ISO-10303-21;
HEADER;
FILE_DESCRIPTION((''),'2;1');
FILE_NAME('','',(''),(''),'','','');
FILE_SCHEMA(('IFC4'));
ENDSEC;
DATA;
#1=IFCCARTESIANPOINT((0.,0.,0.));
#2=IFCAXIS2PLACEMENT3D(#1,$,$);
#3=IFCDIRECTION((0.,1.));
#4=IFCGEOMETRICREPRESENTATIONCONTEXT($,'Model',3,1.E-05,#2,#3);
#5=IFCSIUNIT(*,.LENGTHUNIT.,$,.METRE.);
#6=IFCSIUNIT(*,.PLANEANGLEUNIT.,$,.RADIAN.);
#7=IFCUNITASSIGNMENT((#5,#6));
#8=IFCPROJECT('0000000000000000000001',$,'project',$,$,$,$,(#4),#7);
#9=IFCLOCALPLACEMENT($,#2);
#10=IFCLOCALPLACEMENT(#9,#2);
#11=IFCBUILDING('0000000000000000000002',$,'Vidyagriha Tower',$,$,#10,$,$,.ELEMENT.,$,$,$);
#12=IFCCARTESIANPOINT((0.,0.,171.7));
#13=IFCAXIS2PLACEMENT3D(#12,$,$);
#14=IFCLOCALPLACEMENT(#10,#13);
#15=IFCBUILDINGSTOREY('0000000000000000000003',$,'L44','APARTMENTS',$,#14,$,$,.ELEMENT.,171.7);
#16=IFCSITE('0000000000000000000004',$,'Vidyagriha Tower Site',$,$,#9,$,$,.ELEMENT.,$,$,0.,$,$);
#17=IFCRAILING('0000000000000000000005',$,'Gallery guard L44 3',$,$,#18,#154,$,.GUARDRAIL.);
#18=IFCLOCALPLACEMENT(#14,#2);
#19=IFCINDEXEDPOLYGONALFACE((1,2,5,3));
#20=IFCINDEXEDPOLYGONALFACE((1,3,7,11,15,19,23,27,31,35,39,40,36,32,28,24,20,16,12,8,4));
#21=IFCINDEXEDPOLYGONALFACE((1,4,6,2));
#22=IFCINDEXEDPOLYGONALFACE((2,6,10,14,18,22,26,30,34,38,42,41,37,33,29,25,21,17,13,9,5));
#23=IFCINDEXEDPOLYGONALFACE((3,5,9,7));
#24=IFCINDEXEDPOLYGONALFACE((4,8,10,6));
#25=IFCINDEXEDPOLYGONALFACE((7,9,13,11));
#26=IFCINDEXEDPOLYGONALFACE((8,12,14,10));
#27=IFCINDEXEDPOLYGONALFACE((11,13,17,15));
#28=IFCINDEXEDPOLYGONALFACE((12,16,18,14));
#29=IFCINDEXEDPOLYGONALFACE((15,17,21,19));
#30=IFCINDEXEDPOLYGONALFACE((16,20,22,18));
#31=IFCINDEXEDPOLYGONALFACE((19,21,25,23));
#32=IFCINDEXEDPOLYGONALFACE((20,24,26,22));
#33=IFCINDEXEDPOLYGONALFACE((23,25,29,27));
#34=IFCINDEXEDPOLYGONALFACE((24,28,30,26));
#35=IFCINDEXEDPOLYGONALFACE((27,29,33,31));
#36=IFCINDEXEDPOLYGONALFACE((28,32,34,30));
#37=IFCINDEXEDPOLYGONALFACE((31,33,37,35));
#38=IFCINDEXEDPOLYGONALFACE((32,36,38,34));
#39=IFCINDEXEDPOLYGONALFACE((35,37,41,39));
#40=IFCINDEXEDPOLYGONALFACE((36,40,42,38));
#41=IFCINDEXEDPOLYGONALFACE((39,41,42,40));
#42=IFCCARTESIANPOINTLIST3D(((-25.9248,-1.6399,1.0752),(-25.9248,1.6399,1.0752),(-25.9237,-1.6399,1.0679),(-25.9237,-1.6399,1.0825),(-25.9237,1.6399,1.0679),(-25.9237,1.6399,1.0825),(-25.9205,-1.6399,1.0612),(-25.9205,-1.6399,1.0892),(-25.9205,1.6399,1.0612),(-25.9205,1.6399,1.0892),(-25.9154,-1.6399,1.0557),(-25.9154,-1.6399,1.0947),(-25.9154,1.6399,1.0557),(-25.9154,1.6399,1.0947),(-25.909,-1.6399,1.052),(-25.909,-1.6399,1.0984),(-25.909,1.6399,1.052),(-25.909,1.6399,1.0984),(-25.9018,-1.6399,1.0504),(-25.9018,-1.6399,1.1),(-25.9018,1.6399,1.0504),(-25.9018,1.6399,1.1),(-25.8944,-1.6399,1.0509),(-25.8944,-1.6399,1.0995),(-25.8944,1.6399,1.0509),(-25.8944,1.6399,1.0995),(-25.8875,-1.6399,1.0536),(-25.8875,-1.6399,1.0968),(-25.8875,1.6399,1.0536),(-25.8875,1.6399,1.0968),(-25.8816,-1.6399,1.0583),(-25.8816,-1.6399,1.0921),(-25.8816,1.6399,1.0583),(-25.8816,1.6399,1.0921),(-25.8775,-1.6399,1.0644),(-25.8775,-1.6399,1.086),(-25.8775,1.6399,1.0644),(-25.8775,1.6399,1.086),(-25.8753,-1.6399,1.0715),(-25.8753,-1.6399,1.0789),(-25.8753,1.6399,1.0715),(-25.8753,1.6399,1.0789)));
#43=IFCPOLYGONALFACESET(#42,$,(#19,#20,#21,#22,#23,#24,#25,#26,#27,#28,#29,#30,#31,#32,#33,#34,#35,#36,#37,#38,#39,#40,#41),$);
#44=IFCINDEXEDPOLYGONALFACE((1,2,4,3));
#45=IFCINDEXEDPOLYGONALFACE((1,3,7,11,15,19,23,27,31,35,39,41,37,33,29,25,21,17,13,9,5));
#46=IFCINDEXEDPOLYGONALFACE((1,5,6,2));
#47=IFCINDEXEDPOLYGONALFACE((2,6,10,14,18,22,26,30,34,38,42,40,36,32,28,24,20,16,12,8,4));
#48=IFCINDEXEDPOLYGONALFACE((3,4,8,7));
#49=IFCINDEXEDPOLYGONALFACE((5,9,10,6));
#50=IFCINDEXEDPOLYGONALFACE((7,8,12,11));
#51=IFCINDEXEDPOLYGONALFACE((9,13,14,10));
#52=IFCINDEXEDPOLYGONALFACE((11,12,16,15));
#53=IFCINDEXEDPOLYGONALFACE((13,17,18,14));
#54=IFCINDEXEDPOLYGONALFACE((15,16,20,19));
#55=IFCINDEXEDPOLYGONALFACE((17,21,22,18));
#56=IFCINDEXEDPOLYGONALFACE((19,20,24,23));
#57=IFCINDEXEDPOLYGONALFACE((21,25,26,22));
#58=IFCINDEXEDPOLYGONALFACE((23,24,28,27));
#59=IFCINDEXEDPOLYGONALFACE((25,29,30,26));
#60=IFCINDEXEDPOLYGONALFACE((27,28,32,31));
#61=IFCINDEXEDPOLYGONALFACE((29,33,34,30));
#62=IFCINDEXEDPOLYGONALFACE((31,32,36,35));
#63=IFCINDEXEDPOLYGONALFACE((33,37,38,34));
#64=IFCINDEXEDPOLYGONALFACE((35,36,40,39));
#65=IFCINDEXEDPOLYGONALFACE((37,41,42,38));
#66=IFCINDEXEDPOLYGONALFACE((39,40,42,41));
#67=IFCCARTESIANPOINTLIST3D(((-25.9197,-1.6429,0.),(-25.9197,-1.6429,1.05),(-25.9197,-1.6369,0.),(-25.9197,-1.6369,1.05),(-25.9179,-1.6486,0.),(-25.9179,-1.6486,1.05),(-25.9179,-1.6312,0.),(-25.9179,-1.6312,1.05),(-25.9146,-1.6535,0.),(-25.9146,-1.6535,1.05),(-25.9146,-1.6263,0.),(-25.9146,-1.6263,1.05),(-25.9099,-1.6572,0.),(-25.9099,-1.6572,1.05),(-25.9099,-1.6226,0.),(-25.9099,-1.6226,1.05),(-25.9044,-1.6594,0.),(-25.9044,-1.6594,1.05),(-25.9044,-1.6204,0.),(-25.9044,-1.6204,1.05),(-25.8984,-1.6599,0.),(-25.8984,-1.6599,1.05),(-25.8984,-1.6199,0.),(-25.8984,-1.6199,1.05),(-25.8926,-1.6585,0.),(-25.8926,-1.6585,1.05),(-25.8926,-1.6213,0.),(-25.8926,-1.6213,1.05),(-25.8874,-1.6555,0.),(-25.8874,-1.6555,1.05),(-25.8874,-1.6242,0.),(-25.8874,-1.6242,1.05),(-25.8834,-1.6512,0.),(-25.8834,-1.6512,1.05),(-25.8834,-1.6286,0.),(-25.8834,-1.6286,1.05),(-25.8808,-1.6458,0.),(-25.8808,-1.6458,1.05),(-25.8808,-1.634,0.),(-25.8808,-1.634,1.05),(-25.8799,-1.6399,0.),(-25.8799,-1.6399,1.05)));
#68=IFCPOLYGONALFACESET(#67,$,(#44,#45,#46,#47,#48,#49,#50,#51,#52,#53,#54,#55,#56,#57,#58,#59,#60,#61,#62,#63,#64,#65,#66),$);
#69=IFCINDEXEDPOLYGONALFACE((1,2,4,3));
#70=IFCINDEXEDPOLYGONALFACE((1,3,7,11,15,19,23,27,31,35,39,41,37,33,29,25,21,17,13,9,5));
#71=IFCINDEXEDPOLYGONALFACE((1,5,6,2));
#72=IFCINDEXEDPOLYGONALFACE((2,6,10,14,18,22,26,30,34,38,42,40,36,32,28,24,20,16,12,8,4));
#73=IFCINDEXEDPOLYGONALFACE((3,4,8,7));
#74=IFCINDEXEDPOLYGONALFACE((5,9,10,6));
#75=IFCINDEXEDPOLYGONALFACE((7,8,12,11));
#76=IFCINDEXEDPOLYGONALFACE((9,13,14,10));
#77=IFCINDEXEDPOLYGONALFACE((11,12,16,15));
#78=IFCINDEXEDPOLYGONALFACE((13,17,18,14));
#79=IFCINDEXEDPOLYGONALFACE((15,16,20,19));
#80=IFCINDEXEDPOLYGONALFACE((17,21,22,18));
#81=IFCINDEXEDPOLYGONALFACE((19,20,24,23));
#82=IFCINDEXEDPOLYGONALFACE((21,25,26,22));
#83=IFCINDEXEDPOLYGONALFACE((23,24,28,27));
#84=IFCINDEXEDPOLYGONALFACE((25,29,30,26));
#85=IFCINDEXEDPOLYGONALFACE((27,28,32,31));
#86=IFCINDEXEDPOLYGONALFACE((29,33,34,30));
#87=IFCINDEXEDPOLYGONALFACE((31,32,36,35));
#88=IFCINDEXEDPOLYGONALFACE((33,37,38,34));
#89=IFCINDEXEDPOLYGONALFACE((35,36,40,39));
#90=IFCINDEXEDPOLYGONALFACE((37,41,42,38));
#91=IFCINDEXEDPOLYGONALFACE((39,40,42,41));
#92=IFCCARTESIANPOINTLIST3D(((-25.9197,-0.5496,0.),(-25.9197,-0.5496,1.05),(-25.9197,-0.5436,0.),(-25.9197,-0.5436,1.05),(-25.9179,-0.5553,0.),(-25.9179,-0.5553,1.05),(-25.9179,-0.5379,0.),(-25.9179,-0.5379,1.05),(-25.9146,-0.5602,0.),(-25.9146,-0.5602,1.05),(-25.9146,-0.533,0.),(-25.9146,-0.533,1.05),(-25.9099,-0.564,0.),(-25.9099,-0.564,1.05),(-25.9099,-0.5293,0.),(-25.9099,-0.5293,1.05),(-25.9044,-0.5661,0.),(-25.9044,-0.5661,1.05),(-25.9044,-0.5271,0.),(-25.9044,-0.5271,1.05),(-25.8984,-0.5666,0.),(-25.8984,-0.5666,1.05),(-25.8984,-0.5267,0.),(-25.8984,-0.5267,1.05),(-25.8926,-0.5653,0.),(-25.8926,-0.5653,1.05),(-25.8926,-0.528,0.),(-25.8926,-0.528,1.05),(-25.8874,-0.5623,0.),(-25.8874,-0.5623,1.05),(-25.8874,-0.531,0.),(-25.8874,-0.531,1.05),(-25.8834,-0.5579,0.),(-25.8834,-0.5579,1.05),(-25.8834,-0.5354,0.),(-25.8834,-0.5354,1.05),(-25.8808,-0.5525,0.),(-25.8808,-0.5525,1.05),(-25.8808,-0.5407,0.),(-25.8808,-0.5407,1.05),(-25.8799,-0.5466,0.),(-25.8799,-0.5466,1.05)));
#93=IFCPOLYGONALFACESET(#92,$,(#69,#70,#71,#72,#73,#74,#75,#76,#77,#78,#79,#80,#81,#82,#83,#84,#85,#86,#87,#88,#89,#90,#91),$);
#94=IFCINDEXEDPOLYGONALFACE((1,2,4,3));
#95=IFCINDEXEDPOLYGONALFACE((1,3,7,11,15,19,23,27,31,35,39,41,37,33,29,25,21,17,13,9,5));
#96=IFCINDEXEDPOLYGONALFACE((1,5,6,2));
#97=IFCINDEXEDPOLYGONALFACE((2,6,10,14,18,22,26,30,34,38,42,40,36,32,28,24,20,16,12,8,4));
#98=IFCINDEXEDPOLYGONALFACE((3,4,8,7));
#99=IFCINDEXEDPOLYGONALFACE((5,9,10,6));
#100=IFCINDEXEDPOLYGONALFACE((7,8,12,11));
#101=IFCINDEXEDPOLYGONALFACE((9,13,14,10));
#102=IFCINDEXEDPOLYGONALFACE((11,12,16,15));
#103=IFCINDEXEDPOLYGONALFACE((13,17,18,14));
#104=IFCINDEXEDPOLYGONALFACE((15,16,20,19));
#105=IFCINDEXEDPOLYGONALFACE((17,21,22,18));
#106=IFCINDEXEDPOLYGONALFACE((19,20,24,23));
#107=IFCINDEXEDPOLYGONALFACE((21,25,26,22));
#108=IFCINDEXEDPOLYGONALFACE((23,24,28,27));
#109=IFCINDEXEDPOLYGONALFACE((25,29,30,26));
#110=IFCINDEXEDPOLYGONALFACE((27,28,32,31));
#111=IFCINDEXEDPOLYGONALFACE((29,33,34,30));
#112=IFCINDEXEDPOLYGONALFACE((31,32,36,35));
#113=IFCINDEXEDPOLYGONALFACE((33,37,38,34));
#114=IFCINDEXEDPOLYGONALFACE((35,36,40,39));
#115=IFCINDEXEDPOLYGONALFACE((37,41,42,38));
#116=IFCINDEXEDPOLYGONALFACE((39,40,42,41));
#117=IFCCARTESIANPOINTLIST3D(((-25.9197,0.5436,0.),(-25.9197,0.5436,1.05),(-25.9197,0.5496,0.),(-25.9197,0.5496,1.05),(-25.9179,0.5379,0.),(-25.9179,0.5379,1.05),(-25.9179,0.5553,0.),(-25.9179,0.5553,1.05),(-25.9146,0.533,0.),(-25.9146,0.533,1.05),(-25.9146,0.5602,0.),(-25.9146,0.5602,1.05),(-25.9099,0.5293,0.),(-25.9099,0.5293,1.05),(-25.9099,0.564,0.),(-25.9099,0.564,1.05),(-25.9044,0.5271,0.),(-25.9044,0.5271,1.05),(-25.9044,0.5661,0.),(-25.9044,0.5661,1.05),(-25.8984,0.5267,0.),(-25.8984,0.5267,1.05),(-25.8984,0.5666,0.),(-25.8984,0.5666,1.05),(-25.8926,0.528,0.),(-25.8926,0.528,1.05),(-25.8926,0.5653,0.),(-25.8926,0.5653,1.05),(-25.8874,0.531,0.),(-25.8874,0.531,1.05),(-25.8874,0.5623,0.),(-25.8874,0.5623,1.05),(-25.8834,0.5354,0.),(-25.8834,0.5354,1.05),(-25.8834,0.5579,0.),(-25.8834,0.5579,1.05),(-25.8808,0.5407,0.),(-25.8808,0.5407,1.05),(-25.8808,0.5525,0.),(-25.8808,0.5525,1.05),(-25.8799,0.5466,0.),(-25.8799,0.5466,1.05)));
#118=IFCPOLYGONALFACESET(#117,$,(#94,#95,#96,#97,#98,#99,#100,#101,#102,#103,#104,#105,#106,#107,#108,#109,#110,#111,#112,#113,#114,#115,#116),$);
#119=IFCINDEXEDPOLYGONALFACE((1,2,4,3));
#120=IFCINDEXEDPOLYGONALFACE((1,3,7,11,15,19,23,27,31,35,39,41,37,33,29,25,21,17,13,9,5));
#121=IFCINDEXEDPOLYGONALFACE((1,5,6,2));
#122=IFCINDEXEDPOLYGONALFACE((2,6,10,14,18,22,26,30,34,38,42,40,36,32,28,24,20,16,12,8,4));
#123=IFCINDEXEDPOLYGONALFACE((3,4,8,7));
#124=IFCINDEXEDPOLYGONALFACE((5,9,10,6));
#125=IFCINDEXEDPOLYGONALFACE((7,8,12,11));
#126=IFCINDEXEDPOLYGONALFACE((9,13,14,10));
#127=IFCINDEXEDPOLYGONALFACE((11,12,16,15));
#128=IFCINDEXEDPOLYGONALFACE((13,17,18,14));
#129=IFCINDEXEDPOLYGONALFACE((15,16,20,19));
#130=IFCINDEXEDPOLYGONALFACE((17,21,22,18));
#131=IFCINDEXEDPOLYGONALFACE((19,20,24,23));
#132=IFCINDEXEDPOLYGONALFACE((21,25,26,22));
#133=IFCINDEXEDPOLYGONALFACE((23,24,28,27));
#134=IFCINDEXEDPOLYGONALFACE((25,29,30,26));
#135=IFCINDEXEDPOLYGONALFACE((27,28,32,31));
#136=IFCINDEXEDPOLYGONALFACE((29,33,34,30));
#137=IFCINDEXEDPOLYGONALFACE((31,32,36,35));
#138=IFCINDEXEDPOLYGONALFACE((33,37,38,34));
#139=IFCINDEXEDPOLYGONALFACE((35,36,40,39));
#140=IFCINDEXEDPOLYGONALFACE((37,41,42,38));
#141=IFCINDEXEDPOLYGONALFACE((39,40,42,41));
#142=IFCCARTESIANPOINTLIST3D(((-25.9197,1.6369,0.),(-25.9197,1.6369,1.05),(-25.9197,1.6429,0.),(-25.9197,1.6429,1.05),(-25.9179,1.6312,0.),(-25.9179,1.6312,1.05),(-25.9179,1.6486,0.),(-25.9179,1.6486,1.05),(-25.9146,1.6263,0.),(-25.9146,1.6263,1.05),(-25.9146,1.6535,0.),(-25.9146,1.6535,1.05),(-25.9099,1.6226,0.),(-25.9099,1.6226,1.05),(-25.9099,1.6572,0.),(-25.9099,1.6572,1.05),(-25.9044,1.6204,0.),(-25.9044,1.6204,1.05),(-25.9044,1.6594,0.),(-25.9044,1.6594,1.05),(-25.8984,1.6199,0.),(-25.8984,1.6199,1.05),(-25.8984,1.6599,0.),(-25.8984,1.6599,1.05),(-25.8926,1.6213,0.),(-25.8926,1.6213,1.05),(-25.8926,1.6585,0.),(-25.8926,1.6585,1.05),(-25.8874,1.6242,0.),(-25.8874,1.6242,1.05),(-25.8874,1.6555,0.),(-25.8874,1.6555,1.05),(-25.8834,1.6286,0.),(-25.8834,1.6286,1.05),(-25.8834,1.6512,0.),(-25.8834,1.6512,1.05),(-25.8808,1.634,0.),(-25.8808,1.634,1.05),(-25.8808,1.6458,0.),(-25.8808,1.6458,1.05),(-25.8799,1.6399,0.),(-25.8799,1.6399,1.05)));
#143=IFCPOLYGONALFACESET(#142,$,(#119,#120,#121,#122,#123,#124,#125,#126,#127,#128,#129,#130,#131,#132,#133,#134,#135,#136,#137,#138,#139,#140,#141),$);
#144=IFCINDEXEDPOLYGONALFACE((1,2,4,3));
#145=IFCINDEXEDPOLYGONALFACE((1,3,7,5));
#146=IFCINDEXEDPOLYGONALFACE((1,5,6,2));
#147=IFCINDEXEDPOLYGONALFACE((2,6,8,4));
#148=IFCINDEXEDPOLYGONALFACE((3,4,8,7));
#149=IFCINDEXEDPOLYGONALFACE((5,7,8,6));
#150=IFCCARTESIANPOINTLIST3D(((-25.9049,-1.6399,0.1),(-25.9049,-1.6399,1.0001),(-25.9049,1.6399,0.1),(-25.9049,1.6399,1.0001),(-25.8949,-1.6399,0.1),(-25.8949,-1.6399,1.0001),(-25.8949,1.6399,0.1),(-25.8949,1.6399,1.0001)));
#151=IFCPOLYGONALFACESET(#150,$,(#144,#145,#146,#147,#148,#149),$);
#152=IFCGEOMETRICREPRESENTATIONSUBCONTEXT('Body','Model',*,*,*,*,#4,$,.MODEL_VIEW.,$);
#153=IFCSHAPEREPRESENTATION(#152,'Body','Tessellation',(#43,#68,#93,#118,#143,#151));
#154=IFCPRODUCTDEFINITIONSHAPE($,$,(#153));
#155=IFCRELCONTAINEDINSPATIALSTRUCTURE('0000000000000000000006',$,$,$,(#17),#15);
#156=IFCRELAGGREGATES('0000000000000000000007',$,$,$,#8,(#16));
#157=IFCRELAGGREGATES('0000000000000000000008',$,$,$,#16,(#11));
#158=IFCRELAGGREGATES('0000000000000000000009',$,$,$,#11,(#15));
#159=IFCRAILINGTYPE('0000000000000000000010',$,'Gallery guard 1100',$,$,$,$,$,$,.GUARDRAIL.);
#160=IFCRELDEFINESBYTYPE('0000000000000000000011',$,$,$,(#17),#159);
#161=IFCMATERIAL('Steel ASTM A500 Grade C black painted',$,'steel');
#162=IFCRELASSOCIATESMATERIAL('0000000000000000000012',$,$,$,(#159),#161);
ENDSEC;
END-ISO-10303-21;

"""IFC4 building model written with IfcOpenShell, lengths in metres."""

from ifc_helpers import new_model, si_unit, direction, frame, origin, origin_2d, place, context, subcontext, project, spatial, rectangle, circle, extrude, material, type_object, element, save


model = new_model("IFC4")

# Units and contexts
model_context = context("Model", 3, precision=1e-05, world=origin(), true_north=direction((0.0, 1.0)))
body_context = subcontext(model_context, "Body", "Model", "MODEL_VIEW")
ifc_project = project(units=[si_unit("LENGTHUNIT", "METRE"), si_unit("PLANEANGLEUNIT", "RADIAN")], contexts=[model_context])

# Site, building, storey
site_placement = place(None, origin())
site = spatial("IfcSite", under=ifc_project, at=site_placement, Name="Vidyagriha Tower Site", CompositionType="ELEMENT", RefElevation=0.0)
building_placement = place(site_placement, origin())
building = spatial("IfcBuilding", under=site, at=building_placement, Name="Vidyagriha Tower", CompositionType="ELEMENT")
storey_placement = place(building_placement, frame((0.0, 0.0, 171.7)))
storey = spatial("IfcBuildingStorey", under=building, at=storey_placement, Name="L44", Description="APARTMENTS", CompositionType="ELEMENT", Elevation=171.7)

# Railing
ifc_material_1 = material(Name="Steel ASTM A500 Grade C black painted", Category="steel")
railing_type_1 = type_object("IfcRailingType", Name="Gallery guard 1100", PredefinedType="GUARDRAIL", material=ifc_material_1)
railing_1_placement = place(storey_placement, frame((-25.8999, -1.6399, 0.0)))
element("IfcRailing", 1, at=railing_1_placement, inside=storey, type_object=railing_type_1, Name="Gallery guard L44 3", PredefinedType="GUARDRAIL", context=body_context, shape_type="SweptSolid", body=[
    extrude(circle(Radius=0.0249, at=origin_2d()), frame((0.0, 0.0, 1.0752), z_axis=(0.0, 1.0, 0.0), x_axis=(-1.0, 0.0, 0.0)), (0.0, 0.0, 1.0), 3.2798),
    extrude(circle(Radius=0.02, at=origin_2d()), origin(), (0.0, 0.0, 1.0), 1.05),
    extrude(circle(Radius=0.02, at=origin_2d()), frame((0.0, 1.0933, 0.0)), (0.0, 0.0, 1.0), 1.05),
    extrude(circle(Radius=0.02, at=origin_2d()), frame((0.0, 2.1865, 0.0)), (0.0, 0.0, 1.0), 1.05),
    extrude(circle(Radius=0.02, at=origin_2d()), frame((0.0, 3.2798, 0.0)), (0.0, 0.0, 1.0), 1.05),
    extrude(rectangle(XDim=0.01, YDim=0.9001, at=origin_2d()), frame((0.0, 0.0, 0.55), z_axis=(0.0, 1.0, 0.0), x_axis=(-1.0, 0.0, 0.0)), (0.0, 0.0, 1.0), 3.2798),
])

save(model, "model.ifc")
